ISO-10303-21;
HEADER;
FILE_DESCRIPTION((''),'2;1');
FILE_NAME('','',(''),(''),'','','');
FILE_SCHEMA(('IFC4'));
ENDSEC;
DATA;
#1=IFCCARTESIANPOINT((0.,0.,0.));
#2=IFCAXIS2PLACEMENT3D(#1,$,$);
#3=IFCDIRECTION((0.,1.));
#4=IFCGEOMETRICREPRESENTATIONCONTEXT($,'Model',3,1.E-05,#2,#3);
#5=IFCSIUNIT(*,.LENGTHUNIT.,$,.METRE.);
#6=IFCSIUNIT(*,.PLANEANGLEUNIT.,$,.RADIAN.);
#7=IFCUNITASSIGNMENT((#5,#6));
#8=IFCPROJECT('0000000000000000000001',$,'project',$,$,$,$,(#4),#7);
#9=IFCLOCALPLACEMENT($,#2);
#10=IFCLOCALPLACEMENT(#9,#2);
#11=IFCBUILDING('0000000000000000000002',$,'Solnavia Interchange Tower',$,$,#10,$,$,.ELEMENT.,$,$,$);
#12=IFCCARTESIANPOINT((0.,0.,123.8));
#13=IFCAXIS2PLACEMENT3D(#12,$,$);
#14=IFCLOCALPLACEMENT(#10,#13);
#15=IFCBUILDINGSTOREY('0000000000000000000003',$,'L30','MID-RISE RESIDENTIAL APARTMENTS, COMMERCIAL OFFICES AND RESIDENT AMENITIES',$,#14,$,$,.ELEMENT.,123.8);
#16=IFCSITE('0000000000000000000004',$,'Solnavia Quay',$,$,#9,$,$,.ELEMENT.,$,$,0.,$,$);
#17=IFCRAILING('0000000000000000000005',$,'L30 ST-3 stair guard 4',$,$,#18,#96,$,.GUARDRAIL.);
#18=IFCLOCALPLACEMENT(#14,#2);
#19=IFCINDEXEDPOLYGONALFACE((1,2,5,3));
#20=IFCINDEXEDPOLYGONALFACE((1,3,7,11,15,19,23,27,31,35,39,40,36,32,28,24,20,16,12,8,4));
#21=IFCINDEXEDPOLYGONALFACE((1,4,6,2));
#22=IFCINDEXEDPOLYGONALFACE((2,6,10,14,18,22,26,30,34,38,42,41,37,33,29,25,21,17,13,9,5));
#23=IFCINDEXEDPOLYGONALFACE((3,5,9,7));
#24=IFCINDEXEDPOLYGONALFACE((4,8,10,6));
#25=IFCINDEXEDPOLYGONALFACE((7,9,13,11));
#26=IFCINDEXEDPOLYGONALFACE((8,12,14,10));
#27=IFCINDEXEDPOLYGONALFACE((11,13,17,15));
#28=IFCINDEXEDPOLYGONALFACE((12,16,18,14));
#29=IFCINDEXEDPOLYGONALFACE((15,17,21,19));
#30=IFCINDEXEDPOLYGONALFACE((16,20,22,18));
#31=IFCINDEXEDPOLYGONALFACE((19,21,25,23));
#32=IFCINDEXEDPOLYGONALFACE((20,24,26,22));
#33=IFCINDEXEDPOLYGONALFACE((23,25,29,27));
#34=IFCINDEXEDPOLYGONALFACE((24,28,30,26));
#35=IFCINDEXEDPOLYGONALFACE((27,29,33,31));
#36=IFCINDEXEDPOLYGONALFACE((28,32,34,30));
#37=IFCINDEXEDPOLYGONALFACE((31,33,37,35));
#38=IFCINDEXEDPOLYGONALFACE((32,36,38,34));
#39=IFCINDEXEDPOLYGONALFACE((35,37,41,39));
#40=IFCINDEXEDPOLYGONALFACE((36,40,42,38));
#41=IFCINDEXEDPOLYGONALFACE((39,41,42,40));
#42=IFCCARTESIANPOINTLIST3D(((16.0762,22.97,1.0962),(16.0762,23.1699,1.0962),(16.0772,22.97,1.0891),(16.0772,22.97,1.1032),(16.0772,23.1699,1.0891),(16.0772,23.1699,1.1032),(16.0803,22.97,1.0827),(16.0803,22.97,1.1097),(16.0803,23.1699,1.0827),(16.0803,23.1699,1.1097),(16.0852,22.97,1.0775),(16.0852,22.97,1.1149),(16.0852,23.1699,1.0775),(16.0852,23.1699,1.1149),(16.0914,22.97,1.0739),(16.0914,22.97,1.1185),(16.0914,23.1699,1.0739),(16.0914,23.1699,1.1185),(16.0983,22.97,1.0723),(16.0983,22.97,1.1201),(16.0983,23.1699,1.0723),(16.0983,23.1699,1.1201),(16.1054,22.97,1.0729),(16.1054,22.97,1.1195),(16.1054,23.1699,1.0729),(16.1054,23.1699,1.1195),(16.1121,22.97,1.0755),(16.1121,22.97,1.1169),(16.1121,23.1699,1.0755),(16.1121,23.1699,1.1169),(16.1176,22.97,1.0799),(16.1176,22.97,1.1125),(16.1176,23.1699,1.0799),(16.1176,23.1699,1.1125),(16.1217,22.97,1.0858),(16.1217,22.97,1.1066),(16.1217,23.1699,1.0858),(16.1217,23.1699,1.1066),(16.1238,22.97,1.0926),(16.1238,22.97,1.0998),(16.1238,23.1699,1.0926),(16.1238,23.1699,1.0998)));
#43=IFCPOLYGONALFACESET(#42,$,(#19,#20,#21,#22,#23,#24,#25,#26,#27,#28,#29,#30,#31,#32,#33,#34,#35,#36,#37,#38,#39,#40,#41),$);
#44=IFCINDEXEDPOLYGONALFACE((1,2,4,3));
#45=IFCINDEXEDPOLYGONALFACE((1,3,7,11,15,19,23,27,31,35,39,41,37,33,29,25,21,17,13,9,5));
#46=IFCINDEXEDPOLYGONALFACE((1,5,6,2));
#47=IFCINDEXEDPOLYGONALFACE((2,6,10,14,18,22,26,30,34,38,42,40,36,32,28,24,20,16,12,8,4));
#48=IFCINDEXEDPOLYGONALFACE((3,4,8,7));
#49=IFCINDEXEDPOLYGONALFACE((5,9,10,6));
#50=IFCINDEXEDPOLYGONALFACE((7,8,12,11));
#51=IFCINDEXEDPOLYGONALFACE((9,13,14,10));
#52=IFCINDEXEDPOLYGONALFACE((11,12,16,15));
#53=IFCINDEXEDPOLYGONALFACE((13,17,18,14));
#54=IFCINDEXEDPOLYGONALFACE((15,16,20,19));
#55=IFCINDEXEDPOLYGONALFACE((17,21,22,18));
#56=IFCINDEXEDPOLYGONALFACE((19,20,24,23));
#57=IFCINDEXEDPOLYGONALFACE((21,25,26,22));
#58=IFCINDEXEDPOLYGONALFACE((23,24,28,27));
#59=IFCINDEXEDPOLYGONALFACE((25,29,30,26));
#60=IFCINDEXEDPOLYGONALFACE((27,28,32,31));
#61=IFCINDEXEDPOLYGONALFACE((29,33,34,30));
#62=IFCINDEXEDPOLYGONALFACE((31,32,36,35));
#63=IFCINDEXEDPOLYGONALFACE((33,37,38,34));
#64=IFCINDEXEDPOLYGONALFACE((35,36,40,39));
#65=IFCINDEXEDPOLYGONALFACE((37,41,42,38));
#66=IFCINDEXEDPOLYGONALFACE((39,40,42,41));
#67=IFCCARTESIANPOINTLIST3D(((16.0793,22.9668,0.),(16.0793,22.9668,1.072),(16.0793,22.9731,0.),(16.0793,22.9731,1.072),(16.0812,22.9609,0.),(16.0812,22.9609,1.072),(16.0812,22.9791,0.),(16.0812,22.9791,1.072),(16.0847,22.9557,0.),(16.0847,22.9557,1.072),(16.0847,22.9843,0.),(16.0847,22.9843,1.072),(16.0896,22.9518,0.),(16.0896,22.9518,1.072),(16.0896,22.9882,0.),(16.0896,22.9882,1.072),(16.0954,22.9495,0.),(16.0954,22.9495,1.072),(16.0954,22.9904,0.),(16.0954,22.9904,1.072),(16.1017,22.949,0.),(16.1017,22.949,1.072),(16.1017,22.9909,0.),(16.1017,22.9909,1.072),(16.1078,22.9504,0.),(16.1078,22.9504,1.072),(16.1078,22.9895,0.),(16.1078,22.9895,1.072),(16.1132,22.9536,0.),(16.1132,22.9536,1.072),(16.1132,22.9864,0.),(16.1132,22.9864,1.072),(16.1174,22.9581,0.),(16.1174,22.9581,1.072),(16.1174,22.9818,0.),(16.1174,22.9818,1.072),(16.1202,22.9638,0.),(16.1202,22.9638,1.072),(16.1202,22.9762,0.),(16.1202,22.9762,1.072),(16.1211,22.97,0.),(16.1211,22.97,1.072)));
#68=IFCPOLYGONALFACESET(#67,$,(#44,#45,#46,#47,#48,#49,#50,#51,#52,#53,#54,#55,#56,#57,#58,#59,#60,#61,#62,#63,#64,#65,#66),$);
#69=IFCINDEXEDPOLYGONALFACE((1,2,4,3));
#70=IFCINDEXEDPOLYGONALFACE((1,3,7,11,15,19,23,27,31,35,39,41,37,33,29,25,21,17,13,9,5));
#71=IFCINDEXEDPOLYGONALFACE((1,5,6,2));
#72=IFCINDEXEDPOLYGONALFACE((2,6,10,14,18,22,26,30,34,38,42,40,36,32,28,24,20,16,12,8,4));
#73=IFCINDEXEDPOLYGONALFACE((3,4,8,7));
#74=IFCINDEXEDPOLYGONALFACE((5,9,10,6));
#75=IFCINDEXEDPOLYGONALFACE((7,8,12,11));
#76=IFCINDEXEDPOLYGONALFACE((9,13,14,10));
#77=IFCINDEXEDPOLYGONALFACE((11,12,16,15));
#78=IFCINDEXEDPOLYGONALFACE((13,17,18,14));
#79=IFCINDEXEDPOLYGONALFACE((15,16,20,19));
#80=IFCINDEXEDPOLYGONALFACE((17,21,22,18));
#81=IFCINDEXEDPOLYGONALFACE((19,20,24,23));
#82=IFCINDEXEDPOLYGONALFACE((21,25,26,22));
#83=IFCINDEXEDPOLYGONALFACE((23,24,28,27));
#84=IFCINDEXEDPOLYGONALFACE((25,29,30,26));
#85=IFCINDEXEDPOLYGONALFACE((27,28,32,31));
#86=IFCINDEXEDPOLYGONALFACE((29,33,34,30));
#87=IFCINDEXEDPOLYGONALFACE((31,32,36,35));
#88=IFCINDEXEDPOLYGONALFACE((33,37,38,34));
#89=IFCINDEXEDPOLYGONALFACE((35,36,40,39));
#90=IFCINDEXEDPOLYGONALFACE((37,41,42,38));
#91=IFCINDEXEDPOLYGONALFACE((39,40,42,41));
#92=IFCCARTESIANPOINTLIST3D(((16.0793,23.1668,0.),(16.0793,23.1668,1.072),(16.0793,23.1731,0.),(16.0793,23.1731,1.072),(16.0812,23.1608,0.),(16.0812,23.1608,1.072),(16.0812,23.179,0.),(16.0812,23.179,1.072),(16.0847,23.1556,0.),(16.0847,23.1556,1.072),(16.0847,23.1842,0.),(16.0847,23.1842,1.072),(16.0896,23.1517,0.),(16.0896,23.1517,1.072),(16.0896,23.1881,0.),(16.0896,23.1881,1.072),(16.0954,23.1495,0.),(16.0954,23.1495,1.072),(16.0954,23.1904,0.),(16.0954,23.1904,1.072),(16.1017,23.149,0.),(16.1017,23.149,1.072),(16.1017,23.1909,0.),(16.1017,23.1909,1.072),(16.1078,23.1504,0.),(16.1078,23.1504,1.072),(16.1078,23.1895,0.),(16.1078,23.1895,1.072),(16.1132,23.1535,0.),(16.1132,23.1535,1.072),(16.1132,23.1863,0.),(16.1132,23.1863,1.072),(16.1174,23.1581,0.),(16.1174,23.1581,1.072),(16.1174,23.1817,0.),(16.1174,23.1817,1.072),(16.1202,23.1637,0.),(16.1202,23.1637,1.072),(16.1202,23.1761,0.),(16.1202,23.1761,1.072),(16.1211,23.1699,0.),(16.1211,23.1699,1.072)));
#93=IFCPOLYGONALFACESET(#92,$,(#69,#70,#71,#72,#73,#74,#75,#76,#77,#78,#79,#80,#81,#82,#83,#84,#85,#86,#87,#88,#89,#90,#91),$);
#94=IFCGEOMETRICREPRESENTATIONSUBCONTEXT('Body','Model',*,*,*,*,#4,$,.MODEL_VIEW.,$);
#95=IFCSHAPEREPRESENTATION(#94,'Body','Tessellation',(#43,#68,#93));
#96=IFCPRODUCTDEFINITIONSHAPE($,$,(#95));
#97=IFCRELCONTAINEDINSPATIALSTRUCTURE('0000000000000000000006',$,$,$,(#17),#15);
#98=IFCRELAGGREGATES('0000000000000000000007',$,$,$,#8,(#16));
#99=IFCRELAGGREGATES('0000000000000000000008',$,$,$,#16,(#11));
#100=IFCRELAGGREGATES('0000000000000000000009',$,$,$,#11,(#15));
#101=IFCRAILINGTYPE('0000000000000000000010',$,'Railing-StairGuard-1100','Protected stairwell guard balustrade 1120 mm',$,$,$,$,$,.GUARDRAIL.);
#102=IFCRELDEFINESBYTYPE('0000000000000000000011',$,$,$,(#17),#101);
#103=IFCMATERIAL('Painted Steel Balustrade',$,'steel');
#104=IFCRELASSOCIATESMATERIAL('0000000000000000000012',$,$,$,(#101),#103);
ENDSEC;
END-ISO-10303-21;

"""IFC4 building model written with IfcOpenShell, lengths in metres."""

from ifc_helpers import new_model, si_unit, direction, frame, origin, origin_2d, place, context, subcontext, project, spatial, circle, extrude, material, type_object, element, save


model = new_model("IFC4")

# Units and contexts
model_context = context("Model", 3, precision=1e-05, world=origin(), true_north=direction((0.0, 1.0)))
body_context = subcontext(model_context, "Body", "Model", "MODEL_VIEW")
ifc_project = project(units=[si_unit("LENGTHUNIT", "METRE"), si_unit("PLANEANGLEUNIT", "RADIAN")], contexts=[model_context])

# Site, building, storey
site_placement = place(None, origin())
site = spatial("IfcSite", under=ifc_project, at=site_placement, Name="Solnavia Quay", CompositionType="ELEMENT", RefElevation=0.0)
building_placement = place(site_placement, origin())
building = spatial("IfcBuilding", under=site, at=building_placement, Name="Solnavia Interchange Tower", CompositionType="ELEMENT")
storey_placement = place(building_placement, frame((0.0, 0.0, 123.8)))
storey = spatial("IfcBuildingStorey", under=building, at=storey_placement, Name="L30", Description="MID-RISE RESIDENTIAL APARTMENTS, COMMERCIAL OFFICES AND RESIDENT AMENITIES", CompositionType="ELEMENT", Elevation=123.8)

# Railing
ifc_material_1 = material(Name="Painted Steel Balustrade", Category="steel")
railing_type_1 = type_object("IfcRailingType", Name="Railing-StairGuard-1100", Description="Protected stairwell guard balustrade 1120 mm", PredefinedType="GUARDRAIL", material=ifc_material_1)
railing_1_placement = place(storey_placement, frame((16.1001, 22.97, 0.0)))
element("IfcRailing", 1, at=railing_1_placement, inside=storey, type_object=railing_type_1, Name="L30 ST-3 stair guard 4", PredefinedType="GUARDRAIL", context=body_context, shape_type="SweptSolid", body=[
    extrude(circle(Radius=0.0239, at=origin_2d()), frame((0.0, 0.0, 1.0962), z_axis=(0.0, 1.0, 0.0), x_axis=(-1.0, 0.0, 0.0)), (0.0, 0.0, 1.0), 0.2),
    extrude(circle(Radius=0.021, at=origin_2d()), origin(), (0.0, 0.0, 1.0), 1.072),
    extrude(circle(Radius=0.021, at=origin_2d()), frame((0.0, 0.2, 0.0)), (0.0, 0.0, 1.0), 1.072),
])

save(model, "model.ifc")
